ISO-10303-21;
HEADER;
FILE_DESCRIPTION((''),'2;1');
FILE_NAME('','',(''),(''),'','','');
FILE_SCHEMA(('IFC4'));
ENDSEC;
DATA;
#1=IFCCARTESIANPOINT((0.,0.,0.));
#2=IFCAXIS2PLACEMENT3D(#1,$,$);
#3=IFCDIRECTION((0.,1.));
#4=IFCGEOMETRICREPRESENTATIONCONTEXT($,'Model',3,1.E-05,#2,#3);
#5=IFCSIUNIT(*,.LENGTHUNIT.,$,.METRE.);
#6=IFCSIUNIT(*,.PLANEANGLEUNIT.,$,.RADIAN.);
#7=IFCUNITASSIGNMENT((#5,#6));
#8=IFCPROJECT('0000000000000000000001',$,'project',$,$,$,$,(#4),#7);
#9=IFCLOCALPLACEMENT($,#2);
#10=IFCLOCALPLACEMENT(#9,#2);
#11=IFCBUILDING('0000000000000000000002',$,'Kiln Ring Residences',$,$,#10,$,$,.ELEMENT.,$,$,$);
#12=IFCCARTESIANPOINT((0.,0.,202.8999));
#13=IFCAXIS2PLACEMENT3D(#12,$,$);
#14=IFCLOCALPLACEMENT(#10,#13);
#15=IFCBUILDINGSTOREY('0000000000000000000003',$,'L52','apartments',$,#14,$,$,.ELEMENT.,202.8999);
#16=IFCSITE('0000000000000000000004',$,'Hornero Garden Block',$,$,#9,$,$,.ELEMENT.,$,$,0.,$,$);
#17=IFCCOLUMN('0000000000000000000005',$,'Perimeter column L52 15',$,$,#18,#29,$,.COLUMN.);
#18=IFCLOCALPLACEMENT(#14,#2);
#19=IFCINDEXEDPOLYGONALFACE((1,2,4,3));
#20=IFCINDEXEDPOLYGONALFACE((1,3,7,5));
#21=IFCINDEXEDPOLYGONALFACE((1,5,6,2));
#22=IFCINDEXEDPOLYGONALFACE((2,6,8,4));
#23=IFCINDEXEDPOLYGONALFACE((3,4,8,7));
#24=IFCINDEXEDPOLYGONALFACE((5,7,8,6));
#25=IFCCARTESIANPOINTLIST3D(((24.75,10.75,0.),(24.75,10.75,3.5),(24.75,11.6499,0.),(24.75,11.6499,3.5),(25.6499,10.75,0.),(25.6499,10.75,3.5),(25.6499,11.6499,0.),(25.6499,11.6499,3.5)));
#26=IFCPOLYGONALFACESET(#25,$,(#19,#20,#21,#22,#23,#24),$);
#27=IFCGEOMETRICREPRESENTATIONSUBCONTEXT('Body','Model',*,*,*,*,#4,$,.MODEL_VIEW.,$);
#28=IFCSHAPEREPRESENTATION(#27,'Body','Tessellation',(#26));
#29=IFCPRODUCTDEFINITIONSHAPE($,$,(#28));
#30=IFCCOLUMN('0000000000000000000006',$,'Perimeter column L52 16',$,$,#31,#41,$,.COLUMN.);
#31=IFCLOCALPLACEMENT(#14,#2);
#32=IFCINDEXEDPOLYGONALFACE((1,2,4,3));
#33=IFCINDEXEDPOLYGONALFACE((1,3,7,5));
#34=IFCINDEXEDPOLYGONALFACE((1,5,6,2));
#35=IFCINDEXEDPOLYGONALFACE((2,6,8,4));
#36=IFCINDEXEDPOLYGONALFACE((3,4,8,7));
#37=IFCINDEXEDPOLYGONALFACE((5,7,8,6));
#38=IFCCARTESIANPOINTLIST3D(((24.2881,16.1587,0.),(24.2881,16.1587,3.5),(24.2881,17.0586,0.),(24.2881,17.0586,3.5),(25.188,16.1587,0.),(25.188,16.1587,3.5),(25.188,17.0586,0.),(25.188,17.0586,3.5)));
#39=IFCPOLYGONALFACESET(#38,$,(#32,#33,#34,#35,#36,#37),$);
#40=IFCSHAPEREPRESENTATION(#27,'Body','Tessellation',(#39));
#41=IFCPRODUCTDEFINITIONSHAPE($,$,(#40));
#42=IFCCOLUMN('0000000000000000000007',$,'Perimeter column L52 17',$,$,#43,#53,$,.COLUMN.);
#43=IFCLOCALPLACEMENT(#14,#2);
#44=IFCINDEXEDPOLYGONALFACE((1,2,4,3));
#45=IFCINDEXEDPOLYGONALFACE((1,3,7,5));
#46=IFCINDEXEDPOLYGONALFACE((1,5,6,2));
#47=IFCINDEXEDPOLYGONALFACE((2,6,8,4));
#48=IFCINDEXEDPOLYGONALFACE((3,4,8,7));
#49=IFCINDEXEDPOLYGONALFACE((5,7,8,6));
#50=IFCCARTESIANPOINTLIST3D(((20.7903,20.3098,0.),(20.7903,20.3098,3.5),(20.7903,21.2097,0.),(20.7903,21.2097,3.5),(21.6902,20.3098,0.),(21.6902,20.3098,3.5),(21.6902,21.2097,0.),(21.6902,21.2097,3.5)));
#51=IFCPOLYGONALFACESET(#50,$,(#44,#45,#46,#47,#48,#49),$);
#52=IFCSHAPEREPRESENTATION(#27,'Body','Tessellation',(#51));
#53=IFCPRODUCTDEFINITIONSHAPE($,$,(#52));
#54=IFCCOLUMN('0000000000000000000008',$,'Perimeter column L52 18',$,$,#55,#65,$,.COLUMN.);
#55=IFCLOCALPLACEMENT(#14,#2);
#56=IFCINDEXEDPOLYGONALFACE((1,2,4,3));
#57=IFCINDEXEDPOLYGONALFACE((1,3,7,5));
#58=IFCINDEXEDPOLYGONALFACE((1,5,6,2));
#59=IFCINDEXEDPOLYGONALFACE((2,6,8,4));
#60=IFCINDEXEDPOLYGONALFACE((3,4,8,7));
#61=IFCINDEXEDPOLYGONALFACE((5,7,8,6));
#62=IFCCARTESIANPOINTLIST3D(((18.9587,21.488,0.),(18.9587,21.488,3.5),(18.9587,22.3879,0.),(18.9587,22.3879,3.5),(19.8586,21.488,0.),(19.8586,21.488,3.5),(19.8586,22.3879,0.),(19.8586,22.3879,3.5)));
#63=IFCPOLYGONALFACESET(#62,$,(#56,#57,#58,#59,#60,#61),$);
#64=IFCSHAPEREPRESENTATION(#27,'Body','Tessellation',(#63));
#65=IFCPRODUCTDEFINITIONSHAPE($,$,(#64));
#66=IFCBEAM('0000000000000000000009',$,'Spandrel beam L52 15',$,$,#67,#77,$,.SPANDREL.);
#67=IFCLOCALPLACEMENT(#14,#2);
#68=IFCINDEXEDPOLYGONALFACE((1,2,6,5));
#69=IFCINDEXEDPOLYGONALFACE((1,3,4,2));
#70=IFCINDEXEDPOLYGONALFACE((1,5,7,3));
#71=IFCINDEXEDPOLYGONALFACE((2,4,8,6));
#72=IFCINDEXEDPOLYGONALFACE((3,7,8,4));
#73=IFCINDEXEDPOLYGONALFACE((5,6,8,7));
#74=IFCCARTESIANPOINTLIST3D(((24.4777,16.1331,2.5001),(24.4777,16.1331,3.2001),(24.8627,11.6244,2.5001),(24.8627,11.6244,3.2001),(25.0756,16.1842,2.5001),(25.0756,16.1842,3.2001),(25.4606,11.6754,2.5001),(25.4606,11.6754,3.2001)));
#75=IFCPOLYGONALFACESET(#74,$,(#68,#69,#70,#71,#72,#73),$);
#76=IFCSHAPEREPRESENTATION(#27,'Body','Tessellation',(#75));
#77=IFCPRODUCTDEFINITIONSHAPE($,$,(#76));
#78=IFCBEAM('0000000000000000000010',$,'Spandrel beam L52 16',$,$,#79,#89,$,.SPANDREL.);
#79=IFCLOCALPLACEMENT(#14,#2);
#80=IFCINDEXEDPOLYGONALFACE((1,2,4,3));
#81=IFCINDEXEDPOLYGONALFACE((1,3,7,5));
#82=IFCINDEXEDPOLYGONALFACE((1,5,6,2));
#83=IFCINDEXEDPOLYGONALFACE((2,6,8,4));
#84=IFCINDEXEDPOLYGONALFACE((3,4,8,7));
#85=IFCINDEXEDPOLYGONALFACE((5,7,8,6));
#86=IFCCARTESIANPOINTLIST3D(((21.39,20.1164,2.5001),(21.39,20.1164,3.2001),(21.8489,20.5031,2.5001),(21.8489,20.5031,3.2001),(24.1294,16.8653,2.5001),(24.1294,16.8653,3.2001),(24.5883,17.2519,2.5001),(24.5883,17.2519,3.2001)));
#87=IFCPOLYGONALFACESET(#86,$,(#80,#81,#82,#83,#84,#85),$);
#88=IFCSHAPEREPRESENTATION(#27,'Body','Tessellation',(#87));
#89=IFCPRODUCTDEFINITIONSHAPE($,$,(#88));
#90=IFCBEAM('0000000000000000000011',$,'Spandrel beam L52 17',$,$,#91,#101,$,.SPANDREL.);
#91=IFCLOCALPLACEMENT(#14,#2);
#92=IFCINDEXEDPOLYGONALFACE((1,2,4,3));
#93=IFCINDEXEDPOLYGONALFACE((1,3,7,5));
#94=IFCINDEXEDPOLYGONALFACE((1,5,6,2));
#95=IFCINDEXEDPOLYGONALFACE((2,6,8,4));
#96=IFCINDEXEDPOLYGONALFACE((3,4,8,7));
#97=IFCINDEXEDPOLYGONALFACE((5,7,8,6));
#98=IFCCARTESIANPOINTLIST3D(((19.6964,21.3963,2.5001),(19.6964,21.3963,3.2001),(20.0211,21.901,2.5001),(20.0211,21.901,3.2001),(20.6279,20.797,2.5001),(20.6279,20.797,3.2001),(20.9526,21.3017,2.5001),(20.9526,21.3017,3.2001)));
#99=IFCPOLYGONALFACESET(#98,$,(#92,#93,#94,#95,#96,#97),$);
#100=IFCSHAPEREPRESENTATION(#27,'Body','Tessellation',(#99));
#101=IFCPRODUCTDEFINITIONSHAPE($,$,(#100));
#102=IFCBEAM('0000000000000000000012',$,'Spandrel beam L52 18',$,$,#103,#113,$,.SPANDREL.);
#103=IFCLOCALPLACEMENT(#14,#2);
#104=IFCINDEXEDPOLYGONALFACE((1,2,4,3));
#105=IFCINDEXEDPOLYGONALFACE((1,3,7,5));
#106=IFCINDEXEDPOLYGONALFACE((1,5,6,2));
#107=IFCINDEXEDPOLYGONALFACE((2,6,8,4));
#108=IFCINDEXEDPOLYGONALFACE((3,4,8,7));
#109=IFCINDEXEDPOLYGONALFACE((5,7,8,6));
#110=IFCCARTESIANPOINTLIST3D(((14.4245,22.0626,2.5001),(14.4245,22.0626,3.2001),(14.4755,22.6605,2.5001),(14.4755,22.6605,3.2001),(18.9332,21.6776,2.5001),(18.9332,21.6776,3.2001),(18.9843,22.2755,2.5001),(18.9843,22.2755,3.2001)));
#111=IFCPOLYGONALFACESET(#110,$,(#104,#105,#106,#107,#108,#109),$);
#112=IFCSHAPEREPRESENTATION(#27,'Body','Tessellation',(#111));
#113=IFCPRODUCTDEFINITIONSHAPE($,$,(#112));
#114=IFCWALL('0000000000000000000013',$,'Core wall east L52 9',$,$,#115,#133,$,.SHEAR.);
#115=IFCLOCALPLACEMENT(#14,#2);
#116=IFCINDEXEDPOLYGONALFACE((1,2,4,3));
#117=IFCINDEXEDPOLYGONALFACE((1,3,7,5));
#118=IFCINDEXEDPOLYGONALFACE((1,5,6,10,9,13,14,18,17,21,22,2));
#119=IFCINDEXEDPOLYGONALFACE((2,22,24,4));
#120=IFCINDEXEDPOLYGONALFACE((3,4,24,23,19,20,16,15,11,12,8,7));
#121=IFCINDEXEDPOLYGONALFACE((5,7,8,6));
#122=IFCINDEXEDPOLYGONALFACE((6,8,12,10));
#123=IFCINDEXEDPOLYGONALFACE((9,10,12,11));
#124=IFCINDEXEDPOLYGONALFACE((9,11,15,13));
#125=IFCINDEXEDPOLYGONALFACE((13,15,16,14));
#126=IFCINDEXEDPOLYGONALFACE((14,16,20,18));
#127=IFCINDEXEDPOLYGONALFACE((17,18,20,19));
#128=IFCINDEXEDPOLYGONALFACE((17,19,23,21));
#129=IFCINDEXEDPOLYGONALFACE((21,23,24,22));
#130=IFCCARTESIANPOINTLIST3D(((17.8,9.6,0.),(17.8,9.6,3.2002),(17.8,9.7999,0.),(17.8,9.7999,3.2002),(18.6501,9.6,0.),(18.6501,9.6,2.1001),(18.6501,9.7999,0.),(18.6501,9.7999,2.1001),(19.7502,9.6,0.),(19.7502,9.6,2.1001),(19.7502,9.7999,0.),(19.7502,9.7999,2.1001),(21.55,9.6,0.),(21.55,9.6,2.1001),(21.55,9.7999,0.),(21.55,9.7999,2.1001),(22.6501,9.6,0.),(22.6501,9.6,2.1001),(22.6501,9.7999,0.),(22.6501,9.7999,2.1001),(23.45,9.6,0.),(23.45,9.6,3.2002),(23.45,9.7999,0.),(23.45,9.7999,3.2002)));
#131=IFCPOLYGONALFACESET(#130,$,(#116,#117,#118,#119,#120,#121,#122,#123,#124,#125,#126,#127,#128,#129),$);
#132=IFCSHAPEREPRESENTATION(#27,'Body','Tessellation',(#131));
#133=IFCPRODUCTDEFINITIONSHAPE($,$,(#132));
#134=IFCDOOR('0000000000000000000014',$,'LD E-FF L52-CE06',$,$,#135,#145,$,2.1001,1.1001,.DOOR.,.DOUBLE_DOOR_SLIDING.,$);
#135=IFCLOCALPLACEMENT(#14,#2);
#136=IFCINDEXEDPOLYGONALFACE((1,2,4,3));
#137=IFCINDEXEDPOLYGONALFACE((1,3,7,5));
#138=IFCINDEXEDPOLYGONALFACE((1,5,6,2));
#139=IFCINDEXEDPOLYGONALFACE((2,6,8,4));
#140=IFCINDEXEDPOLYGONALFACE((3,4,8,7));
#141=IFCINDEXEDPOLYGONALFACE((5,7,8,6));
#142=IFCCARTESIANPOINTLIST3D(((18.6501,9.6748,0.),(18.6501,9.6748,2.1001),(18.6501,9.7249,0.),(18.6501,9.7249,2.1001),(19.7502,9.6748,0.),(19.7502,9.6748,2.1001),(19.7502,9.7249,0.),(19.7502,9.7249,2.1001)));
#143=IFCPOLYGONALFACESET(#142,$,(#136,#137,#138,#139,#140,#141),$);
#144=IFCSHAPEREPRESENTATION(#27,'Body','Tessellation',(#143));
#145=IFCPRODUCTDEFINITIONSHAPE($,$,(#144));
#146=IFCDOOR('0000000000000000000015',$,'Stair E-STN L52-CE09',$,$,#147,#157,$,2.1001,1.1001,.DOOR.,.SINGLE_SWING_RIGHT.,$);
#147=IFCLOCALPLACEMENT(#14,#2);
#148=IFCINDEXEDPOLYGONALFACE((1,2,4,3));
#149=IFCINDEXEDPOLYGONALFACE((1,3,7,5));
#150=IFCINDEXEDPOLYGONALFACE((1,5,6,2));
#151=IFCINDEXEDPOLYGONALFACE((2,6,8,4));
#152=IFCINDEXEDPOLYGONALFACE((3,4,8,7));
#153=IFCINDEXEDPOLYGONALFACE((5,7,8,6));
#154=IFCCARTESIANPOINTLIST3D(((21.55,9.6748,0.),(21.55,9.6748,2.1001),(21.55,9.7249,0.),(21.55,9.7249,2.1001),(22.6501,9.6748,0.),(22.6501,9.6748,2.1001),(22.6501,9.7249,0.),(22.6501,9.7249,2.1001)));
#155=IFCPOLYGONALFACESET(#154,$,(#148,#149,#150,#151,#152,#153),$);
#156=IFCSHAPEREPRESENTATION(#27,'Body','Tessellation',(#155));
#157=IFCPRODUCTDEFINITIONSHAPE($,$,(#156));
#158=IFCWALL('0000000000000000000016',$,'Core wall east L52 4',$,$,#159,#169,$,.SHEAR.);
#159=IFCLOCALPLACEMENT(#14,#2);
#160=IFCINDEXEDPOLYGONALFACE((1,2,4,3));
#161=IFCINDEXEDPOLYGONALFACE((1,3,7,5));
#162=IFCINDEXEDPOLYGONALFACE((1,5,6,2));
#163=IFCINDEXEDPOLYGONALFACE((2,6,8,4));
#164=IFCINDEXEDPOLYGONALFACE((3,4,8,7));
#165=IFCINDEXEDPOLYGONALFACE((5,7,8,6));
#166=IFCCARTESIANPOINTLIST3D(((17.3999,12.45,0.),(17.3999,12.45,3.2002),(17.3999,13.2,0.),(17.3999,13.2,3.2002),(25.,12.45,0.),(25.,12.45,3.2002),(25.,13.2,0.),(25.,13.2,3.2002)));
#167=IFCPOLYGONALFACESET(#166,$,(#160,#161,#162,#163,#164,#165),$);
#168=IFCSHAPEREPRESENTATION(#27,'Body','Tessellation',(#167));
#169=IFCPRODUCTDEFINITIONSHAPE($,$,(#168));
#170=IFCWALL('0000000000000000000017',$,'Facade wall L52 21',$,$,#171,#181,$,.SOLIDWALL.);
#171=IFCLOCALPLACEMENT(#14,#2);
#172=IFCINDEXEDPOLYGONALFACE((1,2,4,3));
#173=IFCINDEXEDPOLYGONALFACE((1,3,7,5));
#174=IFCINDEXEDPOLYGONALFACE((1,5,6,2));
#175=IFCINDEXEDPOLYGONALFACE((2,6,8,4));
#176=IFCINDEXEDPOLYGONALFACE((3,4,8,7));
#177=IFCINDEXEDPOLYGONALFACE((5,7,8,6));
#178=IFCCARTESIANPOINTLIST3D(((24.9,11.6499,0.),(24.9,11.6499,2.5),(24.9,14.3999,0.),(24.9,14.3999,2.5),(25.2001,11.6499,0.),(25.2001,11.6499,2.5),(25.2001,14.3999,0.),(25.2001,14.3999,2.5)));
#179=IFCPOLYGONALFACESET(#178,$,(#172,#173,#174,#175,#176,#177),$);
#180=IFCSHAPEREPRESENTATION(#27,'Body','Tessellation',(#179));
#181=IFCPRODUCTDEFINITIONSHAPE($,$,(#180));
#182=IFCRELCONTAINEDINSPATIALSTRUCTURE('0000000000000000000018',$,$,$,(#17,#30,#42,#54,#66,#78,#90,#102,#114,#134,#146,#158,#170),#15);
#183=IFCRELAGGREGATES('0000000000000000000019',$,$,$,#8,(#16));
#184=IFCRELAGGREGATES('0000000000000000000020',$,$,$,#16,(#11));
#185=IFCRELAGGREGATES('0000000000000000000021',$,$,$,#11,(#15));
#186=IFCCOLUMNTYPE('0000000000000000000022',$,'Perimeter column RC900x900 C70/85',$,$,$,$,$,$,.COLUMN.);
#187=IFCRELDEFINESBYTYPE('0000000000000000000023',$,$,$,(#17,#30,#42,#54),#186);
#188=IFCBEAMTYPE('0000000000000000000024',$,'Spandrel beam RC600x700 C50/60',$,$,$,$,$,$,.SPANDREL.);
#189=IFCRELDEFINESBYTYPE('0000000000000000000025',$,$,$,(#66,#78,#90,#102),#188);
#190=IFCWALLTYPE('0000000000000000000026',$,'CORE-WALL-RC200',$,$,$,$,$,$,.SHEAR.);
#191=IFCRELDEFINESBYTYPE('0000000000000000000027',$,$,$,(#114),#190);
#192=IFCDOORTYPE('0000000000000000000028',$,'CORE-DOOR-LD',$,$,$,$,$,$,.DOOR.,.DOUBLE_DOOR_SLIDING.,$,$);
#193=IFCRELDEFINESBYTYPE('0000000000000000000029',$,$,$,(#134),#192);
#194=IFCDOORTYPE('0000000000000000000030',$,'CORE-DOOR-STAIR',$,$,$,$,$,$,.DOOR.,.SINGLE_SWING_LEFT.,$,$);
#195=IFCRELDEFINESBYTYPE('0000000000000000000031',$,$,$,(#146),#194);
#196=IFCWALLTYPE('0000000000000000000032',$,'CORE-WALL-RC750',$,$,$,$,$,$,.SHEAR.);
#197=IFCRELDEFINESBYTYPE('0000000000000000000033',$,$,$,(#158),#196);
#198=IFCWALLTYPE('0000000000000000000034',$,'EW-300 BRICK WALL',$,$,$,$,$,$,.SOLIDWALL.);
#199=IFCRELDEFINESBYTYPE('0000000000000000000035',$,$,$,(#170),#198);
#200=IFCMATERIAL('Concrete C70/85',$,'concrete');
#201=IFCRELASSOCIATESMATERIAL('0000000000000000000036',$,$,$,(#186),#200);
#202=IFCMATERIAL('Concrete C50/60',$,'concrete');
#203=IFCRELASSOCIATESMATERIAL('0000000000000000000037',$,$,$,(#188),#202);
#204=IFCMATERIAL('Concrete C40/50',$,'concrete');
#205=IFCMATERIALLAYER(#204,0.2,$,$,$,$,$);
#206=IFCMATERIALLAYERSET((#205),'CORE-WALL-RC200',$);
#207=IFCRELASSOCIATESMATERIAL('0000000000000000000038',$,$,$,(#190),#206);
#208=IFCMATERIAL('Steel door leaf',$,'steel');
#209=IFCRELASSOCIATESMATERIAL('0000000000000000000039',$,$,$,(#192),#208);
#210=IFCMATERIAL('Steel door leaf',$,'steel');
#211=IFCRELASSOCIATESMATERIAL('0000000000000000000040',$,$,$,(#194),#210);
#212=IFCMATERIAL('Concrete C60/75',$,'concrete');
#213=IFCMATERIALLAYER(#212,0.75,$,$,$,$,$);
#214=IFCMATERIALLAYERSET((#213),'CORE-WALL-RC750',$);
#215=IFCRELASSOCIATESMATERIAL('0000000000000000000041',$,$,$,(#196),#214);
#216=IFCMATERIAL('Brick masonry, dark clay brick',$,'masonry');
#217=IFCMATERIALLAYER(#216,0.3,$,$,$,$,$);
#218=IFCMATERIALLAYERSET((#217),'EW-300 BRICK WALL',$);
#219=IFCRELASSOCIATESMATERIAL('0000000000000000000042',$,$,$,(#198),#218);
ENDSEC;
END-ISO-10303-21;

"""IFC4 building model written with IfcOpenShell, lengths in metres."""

from ifc_helpers import new_model, si_unit, direction, frame, frame_2d, origin, origin_2d, place, context, subcontext, project, spatial, rectangle, extrude, material, layer, layer_set, material_profile, profile_set, type_object, element, fill, save


model = new_model("IFC4")

# Units and contexts
model_context = context("Model", 3, precision=1e-05, world=origin(), true_north=direction((0.0, 1.0)))
body_context = subcontext(model_context, "Body", "Model", "MODEL_VIEW")
ifc_project = project(units=[si_unit("LENGTHUNIT", "METRE"), si_unit("PLANEANGLEUNIT", "RADIAN")], contexts=[model_context])

# Site, building, storey
site_placement = place(None, origin())
site = spatial("IfcSite", under=ifc_project, at=site_placement, Name="Hornero Garden Block", CompositionType="ELEMENT", RefElevation=0.0)
building_placement = place(site_placement, origin())
building = spatial("IfcBuilding", under=site, at=building_placement, Name="Kiln Ring Residences", CompositionType="ELEMENT")
storey_placement = place(building_placement, frame((0.0, 0.0, 202.8999)))
storey = spatial("IfcBuildingStorey", under=building, at=storey_placement, Name="L52", Description="apartments", CompositionType="ELEMENT", Elevation=202.8999)

# Columns
ifc_material_1 = material(Name="Concrete C70/85", Category="concrete")
ifc_material_profile_1 = material_profile(ifc_material_1, rectangle(XDim=0.8999, YDim=0.8999, at=origin_2d()), Name="RC900x900")
ifc_profile_set_1 = profile_set([ifc_material_profile_1], Name="Concrete C70/85")
column_type = type_object("IfcColumnType", Name="Perimeter column RC900x900 C70/85", PredefinedType="COLUMN", material=ifc_profile_set_1)
for number, where, z_axis, x_axis, name in (
    (1, (25.2, 11.2, 0.0), (0.0, 0.0, 1.0), (1.0, 0.0, 0.0), "Perimeter column L52 15"),
    (2, (24.738, 16.6086, 0.0), (0.0, 0.0, 1.0), (1.0, 0.0, 0.0), "Perimeter column L52 16"),
    (3, (21.2402, 20.7598, 0.0), (0.0, 0.0, 1.0), (1.0, 0.0, 0.0), "Perimeter column L52 17"),
    (4, (19.4087, 21.938, 0.0), (0.0, 0.0, 1.0), (1.0, 0.0, 0.0), "Perimeter column L52 18"),
):
    element("IfcColumn", number, at=place(storey_placement, frame(where, z_axis=z_axis, x_axis=x_axis)), inside=storey, type_object=column_type, Name=name, PredefinedType="COLUMN", context=body_context, shape_type="SweptSolid", body=[
        extrude(rectangle(XDim=0.8999, YDim=0.8999, at=origin_2d()), origin(), (0.0, 0.0, 1.0), 3.5),
    ])

# Beams
ifc_material_2 = material(Name="Concrete C50/60", Category="concrete")
ifc_material_profile_2 = material_profile(ifc_material_2, rectangle(XDim=0.6001, YDim=0.7, at=origin_2d()), Name="RC600x700")
ifc_profile_set_2 = profile_set([ifc_material_profile_2], Name="Concrete C50/60")
beam_type = type_object("IfcBeamType", Name="Spandrel beam RC600x700 C50/60", PredefinedType="SPANDREL", material=ifc_profile_set_2)
beam_1_placement = place(storey_placement, frame((25.1616, 11.6499, 2.8501), z_axis=(-0.085081, 0.996374, 0.0), x_axis=(-0.996374, -0.085081, 0.0)))
element("IfcBeam", 5, at=beam_1_placement, inside=storey, type_object=beam_type, Name="Spandrel beam L52 15", PredefinedType="SPANDREL", context=body_context, shape_type="SweptSolid", body=[
    extrude(rectangle(XDim=0.6001, YDim=0.7, at=origin_2d()), origin(), (0.0, 0.0, 1.0), 4.5251),
])
beam_2_placement = place(storey_placement, frame((24.3589, 17.0586, 2.8501), z_axis=(-0.64436, 0.764722, 0.0), x_axis=(-0.764722, -0.64436, 0.0)))
element("IfcBeam", 6, at=beam_2_placement, inside=storey, type_object=beam_type, Name="Spandrel beam L52 16", PredefinedType="SPANDREL", context=body_context, shape_type="SweptSolid", body=[
    extrude(rectangle(XDim=0.6001, YDim=0.7, at=origin_2d()), origin(), (0.0, 0.0, 1.0), 4.2515),
])
beam_3_placement = place(storey_placement, frame((20.7903, 21.0493, 2.8501), z_axis=(-0.840992, 0.541047, 0.0), x_axis=(-0.541047, -0.840992, 0.0)))
element("IfcBeam", 7, at=beam_3_placement, inside=storey, type_object=beam_type, Name="Spandrel beam L52 17", PredefinedType="SPANDREL", context=body_context, shape_type="SweptSolid", body=[
    extrude(rectangle(XDim=0.6001, YDim=0.7, at=origin_2d()), origin(), (0.0, 0.0, 1.0), 1.1077),
])
beam_4_placement = place(storey_placement, frame((18.9587, 21.9766, 2.8501), z_axis=(-0.996374, 0.085081, 0.0), x_axis=(-0.085081, -0.996374, 0.0)))
element("IfcBeam", 8, at=beam_4_placement, inside=storey, type_object=beam_type, Name="Spandrel beam L52 18", PredefinedType="SPANDREL", context=body_context, shape_type="SweptSolid", body=[
    extrude(rectangle(XDim=0.6001, YDim=0.7, at=origin_2d()), origin(), (0.0, 0.0, 1.0), 4.5251),
])

# Wall, openings, doors
ifc_material_3 = material(Name="Concrete C40/50", Category="concrete")
ifc_layer_1 = layer(ifc_material_3, 0.2)
ifc_layer_set_1 = layer_set([ifc_layer_1], Name="CORE-WALL-RC200")
wall_type_1 = type_object("IfcWallType", Name="CORE-WALL-RC200", PredefinedType="SHEAR", material=ifc_layer_set_1)
wall_1_placement = place(storey_placement, frame((17.8, 9.7, 0.0), z_axis=(0.0, 0.0, 1.0), x_axis=(1.0, 0.0, 0.0)))
wall_1 = element("IfcWall", 9, at=wall_1_placement, inside=storey, type_object=wall_type_1, Name="Core wall east L52 9", PredefinedType="SHEAR", context=body_context, shape_type="SweptSolid", body=[
    extrude(rectangle(XDim=5.6499, YDim=0.2, at=frame_2d((2.825, 0.0))), origin(), (0.0, 0.0, 1.0), 3.2002),
])
opening_1_placement = place(wall_1_placement, frame((0.8501, 0.0, 0.0)))
opening_1 = element("IfcOpeningElement", 10, at=opening_1_placement, cuts=wall_1, PredefinedType="OPENING", context=body_context, shape_type="SweptSolid", body=[
    extrude(rectangle(XDim=1.1001, YDim=2.1001, at=frame_2d((0.55, 1.05))), frame((0.0, 0.1099, 0.0), z_axis=(0.0, -1.0, 0.0), x_axis=(1.0, 0.0, 0.0)), (0.0, 0.0, 1.0), 0.22),
])
opening_2_placement = place(wall_1_placement, frame((3.75, 0.0, 0.0)))
opening_2 = element("IfcOpeningElement", 11, at=opening_2_placement, cuts=wall_1, PredefinedType="OPENING", context=body_context, shape_type="SweptSolid", body=[
    extrude(rectangle(XDim=1.1001, YDim=2.1001, at=frame_2d((0.55, 1.05))), frame((0.0, 0.1099, 0.0), z_axis=(0.0, -1.0, 0.0), x_axis=(1.0, 0.0, 0.0)), (0.0, 0.0, 1.0), 0.22),
])
ifc_material_4 = material(Name="Steel door leaf", Category="steel")
door_type_1 = type_object("IfcDoorType", Name="CORE-DOOR-LD", OperationType="DOUBLE_DOOR_SLIDING", PredefinedType="DOOR", material=ifc_material_4)
door_1_placement = place(opening_1_placement, origin())
door_1 = element("IfcDoor", 12, at=door_1_placement, inside=storey, type_object=door_type_1, Name="LD E-FF L52-CE06", OperationType="DOUBLE_DOOR_SLIDING", OverallHeight=2.1001, OverallWidth=1.1001, PredefinedType="DOOR", context=body_context, shape_type="SweptSolid", body=[
    extrude(rectangle(XDim=1.1001, YDim=2.1001, at=frame_2d((0.55, 1.05))), frame((0.0, 0.0249, 0.0), z_axis=(0.0, -1.0, 0.0), x_axis=(1.0, 0.0, 0.0)), (0.0, 0.0, 1.0), 0.05),
])
fill(opening_1, door_1)
ifc_material_5 = material(Name="Steel door leaf", Category="steel")
door_type_2 = type_object("IfcDoorType", Name="CORE-DOOR-STAIR", OperationType="SINGLE_SWING_LEFT", PredefinedType="DOOR", material=ifc_material_5)
door_2_placement = place(opening_2_placement, origin())
door_2 = element("IfcDoor", 13, at=door_2_placement, inside=storey, type_object=door_type_2, Name="Stair E-STN L52-CE09", OperationType="SINGLE_SWING_RIGHT", OverallHeight=2.1001, OverallWidth=1.1001, PredefinedType="DOOR", context=body_context, shape_type="SweptSolid", body=[
    extrude(rectangle(XDim=1.1001, YDim=2.1001, at=frame_2d((0.55, 1.05))), frame((0.0, 0.0249, 0.0), z_axis=(0.0, -1.0, 0.0), x_axis=(1.0, 0.0, 0.0)), (0.0, 0.0, 1.0), 0.05),
])
fill(opening_2, door_2)

# Walls
ifc_material_6 = material(Name="Concrete C60/75", Category="concrete")
ifc_layer_2 = layer(ifc_material_6, 0.75)
ifc_layer_set_2 = layer_set([ifc_layer_2], Name="CORE-WALL-RC750")
wall_type_2 = type_object("IfcWallType", Name="CORE-WALL-RC750", PredefinedType="SHEAR", material=ifc_layer_set_2)
wall_2_placement = place(storey_placement, frame((17.3999, 12.825, 0.0), z_axis=(0.0, 0.0, 1.0), x_axis=(1.0, 0.0, 0.0)))
element("IfcWall", 14, at=wall_2_placement, inside=storey, type_object=wall_type_2, Name="Core wall east L52 4", PredefinedType="SHEAR", context=body_context, shape_type="SweptSolid", body=[
    extrude(rectangle(XDim=7.6001, YDim=0.75, at=frame_2d((3.8, 0.0))), origin(), (0.0, 0.0, 1.0), 3.2002),
])
ifc_material_7 = material(Name="Brick masonry, dark clay brick", Category="masonry")
ifc_layer_3 = layer(ifc_material_7, 0.3)
ifc_layer_set_3 = layer_set([ifc_layer_3], Name="EW-300 BRICK WALL")
wall_type_3 = type_object("IfcWallType", Name="EW-300 BRICK WALL", PredefinedType="SOLIDWALL", material=ifc_layer_set_3)
wall_3_placement = place(storey_placement, frame((25.05, 11.6499, 0.0), z_axis=(0.0, 0.0, 1.0), x_axis=(0.0, 1.0, 0.0)))
element("IfcWall", 15, at=wall_3_placement, inside=storey, type_object=wall_type_3, Name="Facade wall L52 21", PredefinedType="SOLIDWALL", context=body_context, shape_type="SweptSolid", body=[
    extrude(rectangle(XDim=2.75, YDim=0.3, at=frame_2d((1.375, 0.0))), origin(), (0.0, 0.0, 1.0), 2.5),
])

save(model, "model.ifc")
